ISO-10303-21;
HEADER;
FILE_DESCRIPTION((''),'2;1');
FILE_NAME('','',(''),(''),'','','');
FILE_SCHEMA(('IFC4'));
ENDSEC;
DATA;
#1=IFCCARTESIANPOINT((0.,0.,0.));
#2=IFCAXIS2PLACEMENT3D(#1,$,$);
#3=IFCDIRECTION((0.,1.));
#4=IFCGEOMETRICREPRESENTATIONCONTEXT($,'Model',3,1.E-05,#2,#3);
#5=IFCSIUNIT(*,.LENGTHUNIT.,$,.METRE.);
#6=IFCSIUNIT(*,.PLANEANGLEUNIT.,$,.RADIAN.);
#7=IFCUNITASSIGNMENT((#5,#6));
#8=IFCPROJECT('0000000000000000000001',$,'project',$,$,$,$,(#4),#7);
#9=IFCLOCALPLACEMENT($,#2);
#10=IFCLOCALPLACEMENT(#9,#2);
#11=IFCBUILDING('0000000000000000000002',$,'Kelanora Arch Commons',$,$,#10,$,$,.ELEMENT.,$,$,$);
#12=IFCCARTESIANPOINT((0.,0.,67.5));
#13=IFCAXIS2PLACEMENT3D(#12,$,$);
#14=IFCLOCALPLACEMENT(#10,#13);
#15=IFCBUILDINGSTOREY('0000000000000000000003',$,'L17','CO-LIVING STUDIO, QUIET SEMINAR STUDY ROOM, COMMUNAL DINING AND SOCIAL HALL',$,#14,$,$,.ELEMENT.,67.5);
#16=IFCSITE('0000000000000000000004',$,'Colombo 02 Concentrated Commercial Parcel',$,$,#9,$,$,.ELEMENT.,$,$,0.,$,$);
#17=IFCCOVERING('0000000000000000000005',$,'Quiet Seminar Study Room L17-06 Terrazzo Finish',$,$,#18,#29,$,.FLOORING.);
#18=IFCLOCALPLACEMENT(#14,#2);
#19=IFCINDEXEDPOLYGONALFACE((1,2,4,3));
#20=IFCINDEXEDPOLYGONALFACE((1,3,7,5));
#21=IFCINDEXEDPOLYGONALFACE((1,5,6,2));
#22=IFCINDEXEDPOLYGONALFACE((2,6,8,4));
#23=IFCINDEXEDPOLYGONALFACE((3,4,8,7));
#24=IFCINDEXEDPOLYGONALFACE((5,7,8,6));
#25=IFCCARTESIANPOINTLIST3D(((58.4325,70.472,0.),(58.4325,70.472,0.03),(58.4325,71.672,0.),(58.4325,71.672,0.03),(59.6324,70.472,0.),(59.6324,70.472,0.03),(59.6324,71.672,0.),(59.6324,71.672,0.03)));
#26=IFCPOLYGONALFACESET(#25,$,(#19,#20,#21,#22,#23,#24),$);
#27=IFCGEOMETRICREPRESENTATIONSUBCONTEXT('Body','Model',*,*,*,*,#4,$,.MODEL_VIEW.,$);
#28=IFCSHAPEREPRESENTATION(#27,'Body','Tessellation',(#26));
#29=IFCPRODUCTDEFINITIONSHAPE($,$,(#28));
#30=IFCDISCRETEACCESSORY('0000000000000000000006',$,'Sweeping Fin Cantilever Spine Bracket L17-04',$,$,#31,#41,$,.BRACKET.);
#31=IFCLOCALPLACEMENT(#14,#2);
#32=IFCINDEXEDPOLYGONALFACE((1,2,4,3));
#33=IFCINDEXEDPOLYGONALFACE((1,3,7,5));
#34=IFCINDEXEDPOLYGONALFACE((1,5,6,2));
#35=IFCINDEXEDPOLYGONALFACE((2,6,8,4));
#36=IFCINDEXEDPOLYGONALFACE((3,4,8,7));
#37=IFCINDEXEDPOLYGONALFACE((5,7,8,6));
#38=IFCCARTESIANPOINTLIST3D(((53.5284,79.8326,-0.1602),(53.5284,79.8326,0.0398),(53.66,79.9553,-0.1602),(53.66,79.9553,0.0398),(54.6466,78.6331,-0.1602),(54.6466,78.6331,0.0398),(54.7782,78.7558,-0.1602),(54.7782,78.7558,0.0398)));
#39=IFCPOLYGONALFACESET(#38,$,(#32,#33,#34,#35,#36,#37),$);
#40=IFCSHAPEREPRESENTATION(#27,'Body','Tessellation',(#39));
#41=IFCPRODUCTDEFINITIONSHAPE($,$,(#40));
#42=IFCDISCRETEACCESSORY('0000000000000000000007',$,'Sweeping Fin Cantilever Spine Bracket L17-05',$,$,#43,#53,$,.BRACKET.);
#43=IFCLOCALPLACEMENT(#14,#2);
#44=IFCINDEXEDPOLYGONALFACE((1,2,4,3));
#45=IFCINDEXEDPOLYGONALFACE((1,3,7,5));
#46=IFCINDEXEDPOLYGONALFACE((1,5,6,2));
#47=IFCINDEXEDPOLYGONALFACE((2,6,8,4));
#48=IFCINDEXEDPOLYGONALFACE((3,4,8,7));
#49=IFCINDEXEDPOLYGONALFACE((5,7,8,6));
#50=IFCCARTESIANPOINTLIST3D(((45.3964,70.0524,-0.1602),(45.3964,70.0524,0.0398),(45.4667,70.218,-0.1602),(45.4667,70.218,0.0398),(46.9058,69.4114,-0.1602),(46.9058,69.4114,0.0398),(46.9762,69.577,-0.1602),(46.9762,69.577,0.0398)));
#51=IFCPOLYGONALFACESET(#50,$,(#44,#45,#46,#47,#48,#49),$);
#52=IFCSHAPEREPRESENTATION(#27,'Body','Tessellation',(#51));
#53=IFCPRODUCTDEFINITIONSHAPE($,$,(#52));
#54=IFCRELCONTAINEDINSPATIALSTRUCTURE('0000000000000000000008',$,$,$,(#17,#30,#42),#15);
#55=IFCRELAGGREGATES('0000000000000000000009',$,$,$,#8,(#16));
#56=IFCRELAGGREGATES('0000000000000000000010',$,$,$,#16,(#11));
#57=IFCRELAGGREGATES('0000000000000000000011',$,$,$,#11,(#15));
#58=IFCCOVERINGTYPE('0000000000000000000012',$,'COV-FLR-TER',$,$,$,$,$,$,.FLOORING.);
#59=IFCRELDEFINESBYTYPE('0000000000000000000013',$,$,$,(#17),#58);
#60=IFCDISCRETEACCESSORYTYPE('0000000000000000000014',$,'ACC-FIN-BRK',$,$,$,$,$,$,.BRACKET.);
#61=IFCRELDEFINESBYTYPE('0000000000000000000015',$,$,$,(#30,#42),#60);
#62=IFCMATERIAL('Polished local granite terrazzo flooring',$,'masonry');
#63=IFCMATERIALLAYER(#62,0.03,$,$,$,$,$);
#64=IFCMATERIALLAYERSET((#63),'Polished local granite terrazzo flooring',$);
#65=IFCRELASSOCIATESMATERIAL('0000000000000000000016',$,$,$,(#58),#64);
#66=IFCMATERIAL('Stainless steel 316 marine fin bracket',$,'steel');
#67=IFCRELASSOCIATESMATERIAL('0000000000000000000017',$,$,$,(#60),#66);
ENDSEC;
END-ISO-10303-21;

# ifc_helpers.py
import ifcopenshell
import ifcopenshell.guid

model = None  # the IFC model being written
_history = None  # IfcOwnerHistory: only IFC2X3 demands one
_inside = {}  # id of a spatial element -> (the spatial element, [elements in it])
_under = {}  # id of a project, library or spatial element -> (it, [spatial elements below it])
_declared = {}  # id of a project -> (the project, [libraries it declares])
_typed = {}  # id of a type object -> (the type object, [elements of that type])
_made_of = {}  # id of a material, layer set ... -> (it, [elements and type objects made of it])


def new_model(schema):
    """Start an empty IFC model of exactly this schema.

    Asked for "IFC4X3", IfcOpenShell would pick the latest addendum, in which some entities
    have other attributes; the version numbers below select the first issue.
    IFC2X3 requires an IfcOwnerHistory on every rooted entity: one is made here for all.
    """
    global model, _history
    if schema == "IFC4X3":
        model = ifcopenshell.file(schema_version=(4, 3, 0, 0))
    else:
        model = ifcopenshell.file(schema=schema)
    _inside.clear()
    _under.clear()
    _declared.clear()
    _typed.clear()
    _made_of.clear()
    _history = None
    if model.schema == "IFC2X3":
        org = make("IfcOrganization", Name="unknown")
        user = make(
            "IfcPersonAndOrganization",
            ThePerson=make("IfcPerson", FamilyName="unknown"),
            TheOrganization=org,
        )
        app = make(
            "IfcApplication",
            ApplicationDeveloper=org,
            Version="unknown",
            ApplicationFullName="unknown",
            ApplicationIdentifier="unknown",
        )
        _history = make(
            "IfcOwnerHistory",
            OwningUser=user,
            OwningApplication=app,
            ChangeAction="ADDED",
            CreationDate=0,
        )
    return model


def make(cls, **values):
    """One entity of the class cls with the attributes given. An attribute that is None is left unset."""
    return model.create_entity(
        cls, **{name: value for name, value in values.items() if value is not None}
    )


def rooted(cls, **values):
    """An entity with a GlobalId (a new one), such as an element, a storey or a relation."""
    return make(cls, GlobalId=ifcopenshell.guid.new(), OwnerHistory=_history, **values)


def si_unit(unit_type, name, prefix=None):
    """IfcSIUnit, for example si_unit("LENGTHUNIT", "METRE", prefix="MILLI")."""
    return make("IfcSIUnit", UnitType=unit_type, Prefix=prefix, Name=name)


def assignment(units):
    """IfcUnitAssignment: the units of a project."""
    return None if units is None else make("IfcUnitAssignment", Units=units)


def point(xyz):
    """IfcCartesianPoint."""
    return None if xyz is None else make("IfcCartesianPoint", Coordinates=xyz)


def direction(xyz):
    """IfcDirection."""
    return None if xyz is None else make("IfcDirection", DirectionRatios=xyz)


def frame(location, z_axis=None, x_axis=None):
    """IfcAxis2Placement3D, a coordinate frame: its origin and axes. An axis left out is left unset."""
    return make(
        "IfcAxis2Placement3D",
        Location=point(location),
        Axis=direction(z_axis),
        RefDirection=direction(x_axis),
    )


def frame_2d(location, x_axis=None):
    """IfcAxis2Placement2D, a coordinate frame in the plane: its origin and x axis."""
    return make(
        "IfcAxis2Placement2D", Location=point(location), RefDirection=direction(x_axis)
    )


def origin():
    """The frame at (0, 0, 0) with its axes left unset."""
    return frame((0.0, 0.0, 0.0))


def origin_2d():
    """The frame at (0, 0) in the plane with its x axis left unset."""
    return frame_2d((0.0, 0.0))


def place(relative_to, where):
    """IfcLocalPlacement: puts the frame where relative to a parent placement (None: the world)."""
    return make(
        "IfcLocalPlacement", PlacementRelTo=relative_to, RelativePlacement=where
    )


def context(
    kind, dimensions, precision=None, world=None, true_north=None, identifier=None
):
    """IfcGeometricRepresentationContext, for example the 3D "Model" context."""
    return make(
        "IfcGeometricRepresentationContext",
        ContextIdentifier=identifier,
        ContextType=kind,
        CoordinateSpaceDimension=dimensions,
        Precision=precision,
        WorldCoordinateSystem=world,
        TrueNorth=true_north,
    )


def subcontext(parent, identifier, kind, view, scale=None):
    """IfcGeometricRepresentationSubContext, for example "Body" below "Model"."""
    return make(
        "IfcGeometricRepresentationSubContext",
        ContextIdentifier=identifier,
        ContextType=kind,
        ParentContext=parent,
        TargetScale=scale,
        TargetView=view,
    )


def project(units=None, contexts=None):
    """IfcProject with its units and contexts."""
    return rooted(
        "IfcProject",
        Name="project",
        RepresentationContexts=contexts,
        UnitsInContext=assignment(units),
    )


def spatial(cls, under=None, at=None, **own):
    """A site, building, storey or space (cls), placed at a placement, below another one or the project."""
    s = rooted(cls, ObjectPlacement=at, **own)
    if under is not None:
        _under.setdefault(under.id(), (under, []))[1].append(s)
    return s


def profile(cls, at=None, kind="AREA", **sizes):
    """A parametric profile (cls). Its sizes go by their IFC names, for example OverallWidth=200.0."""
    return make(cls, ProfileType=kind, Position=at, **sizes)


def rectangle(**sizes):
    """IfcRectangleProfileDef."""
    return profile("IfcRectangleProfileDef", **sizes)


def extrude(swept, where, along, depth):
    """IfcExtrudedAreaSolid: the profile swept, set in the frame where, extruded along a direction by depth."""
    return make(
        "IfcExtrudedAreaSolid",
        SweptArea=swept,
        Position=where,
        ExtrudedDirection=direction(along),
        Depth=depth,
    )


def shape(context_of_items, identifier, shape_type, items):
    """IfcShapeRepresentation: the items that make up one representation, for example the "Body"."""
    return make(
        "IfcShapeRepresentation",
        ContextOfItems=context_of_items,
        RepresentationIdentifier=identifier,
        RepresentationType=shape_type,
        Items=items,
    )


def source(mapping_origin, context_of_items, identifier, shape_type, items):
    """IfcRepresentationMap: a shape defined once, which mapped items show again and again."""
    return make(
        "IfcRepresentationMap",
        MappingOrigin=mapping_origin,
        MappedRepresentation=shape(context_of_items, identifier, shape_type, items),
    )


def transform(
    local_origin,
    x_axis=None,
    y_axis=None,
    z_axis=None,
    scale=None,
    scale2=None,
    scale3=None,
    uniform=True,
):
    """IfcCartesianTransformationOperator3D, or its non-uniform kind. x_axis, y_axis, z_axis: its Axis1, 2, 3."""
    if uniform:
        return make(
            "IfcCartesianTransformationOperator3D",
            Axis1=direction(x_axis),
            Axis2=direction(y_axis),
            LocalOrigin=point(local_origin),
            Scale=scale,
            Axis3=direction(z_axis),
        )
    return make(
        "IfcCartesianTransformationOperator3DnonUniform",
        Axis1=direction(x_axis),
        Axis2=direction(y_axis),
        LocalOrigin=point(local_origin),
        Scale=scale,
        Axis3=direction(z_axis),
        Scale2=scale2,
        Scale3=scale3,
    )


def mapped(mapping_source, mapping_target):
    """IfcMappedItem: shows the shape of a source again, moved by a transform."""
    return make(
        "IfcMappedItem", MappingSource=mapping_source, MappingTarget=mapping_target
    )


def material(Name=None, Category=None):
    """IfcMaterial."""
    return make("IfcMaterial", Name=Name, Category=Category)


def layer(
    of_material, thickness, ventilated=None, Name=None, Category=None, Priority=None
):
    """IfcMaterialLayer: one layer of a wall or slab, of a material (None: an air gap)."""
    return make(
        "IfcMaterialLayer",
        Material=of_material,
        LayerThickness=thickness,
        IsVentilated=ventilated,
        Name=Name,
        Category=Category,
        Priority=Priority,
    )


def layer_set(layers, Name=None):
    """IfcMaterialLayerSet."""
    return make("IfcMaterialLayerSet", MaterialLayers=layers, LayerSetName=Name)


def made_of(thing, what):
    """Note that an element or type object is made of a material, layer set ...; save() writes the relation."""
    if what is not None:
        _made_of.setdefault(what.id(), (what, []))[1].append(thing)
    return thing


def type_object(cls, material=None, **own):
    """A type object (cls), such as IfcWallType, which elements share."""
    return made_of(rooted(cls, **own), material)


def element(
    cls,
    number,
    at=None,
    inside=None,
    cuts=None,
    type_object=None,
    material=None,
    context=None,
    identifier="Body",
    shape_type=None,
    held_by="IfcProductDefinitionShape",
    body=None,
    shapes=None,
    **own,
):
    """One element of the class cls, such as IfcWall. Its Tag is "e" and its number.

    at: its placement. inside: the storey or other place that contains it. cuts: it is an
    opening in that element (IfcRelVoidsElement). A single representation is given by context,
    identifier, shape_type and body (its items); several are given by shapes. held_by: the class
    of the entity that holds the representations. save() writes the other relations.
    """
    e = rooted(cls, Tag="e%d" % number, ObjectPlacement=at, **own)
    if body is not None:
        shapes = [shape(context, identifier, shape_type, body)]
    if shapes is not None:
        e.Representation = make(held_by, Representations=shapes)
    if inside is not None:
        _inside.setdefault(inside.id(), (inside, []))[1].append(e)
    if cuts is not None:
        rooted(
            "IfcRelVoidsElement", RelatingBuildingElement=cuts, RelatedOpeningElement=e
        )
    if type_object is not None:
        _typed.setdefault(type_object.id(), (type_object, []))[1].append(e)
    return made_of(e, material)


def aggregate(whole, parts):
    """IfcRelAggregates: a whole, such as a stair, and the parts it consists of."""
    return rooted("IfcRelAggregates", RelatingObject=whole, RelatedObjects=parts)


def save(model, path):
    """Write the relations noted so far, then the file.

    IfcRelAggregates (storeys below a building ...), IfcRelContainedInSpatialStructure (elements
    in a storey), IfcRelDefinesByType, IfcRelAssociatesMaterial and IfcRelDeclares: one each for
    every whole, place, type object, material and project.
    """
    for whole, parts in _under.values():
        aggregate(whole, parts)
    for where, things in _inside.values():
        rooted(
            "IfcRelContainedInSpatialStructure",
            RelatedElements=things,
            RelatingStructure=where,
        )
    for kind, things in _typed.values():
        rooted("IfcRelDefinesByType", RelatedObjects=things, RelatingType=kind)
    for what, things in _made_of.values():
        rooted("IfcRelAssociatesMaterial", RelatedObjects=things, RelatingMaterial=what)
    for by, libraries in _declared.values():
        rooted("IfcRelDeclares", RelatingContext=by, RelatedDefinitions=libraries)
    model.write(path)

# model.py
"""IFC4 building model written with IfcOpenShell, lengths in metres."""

from ifc_helpers import new_model, si_unit, direction, frame, origin, origin_2d, place, context, subcontext, project, spatial, rectangle, extrude, source, transform, mapped, material, layer, layer_set, type_object, element, save


model = new_model("IFC4")

# Units and contexts
model_context = context("Model", 3, precision=1e-05, world=origin(), true_north=direction((0.0, 1.0)))
body_context = subcontext(model_context, "Body", "Model", "MODEL_VIEW")
ifc_project = project(units=[si_unit("LENGTHUNIT", "METRE"), si_unit("PLANEANGLEUNIT", "RADIAN")], contexts=[model_context])

# Site, building, storey
site_placement = place(None, origin())
site = spatial("IfcSite", under=ifc_project, at=site_placement, Name="Colombo 02 Concentrated Commercial Parcel", CompositionType="ELEMENT", RefElevation=0.0)
building_placement = place(site_placement, origin())
building = spatial("IfcBuilding", under=site, at=building_placement, Name="Kelanora Arch Commons", CompositionType="ELEMENT")
storey_placement = place(building_placement, frame((0.0, 0.0, 67.5)))
storey = spatial("IfcBuildingStorey", under=building, at=storey_placement, Name="L17", Description="CO-LIVING STUDIO, QUIET SEMINAR STUDY ROOM, COMMUNAL DINING AND SOCIAL HALL", CompositionType="ELEMENT", Elevation=67.5)

# Covering
ifc_material_1 = material(Name="Polished local granite terrazzo flooring", Category="masonry")
ifc_layer_1 = layer(ifc_material_1, 0.03)
ifc_layer_set_1 = layer_set([ifc_layer_1], Name="Polished local granite terrazzo flooring")
covering_type = type_object("IfcCoveringType", Name="COV-FLR-TER", PredefinedType="FLOORING", material=ifc_layer_set_1)
shared_shape_1 = source(origin(), body_context, "Body", "SweptSolid", [
    extrude(rectangle(XDim=1.2, YDim=1.2, at=origin_2d()), origin(), (0.0, 0.0, 1.0), 0.03),
])
covering_placement = place(storey_placement, frame((59.0325, 71.072, 0.0), z_axis=(0.0, 0.0, 1.0), x_axis=(1.0, 0.0, 0.0)))
element("IfcCovering", 1, at=covering_placement, inside=storey, type_object=covering_type, Name="Quiet Seminar Study Room L17-06 Terrazzo Finish", PredefinedType="FLOORING", context=body_context, shape_type="MappedRepresentation", body=[
    mapped(shared_shape_1, transform((0.0, 0.0, 0.0), scale=1.0)),
])

# Discrete accessories
ifc_material_2 = material(Name="Stainless steel 316 marine fin bracket", Category="steel")
discrete_accessory_type = type_object("IfcDiscreteAccessoryType", Name="ACC-FIN-BRK", PredefinedType="BRACKET", material=ifc_material_2)
shared_shape_2 = source(origin(), body_context, "Body", "SweptSolid", [
    extrude(rectangle(XDim=1.6399, YDim=0.1799, at=origin_2d()), origin(), (0.0, 0.0, 1.0), 0.2),
])
for number, where, z_axis, x_axis, name in (
    (2, (54.1533, 79.2942, -0.1602), (0.0, 0.0, 1.0), (-0.681871, 0.731473, 0.0), "Sweeping Fin Cantilever Spine Bracket L17-04"),
    (3, (46.1863, 69.8147, -0.1602), (0.0, 0.0, 1.0), (-0.920437, 0.390892, 0.0), "Sweeping Fin Cantilever Spine Bracket L17-05"),
):
    element("IfcDiscreteAccessory", number, at=place(storey_placement, frame(where, z_axis=z_axis, x_axis=x_axis)), inside=storey, type_object=discrete_accessory_type, Name=name, PredefinedType="BRACKET", context=body_context, shape_type="MappedRepresentation", body=[
        mapped(shared_shape_2, transform((0.0, 0.0, 0.0), scale=1.0)),
    ])

save(model, "model.ifc")
